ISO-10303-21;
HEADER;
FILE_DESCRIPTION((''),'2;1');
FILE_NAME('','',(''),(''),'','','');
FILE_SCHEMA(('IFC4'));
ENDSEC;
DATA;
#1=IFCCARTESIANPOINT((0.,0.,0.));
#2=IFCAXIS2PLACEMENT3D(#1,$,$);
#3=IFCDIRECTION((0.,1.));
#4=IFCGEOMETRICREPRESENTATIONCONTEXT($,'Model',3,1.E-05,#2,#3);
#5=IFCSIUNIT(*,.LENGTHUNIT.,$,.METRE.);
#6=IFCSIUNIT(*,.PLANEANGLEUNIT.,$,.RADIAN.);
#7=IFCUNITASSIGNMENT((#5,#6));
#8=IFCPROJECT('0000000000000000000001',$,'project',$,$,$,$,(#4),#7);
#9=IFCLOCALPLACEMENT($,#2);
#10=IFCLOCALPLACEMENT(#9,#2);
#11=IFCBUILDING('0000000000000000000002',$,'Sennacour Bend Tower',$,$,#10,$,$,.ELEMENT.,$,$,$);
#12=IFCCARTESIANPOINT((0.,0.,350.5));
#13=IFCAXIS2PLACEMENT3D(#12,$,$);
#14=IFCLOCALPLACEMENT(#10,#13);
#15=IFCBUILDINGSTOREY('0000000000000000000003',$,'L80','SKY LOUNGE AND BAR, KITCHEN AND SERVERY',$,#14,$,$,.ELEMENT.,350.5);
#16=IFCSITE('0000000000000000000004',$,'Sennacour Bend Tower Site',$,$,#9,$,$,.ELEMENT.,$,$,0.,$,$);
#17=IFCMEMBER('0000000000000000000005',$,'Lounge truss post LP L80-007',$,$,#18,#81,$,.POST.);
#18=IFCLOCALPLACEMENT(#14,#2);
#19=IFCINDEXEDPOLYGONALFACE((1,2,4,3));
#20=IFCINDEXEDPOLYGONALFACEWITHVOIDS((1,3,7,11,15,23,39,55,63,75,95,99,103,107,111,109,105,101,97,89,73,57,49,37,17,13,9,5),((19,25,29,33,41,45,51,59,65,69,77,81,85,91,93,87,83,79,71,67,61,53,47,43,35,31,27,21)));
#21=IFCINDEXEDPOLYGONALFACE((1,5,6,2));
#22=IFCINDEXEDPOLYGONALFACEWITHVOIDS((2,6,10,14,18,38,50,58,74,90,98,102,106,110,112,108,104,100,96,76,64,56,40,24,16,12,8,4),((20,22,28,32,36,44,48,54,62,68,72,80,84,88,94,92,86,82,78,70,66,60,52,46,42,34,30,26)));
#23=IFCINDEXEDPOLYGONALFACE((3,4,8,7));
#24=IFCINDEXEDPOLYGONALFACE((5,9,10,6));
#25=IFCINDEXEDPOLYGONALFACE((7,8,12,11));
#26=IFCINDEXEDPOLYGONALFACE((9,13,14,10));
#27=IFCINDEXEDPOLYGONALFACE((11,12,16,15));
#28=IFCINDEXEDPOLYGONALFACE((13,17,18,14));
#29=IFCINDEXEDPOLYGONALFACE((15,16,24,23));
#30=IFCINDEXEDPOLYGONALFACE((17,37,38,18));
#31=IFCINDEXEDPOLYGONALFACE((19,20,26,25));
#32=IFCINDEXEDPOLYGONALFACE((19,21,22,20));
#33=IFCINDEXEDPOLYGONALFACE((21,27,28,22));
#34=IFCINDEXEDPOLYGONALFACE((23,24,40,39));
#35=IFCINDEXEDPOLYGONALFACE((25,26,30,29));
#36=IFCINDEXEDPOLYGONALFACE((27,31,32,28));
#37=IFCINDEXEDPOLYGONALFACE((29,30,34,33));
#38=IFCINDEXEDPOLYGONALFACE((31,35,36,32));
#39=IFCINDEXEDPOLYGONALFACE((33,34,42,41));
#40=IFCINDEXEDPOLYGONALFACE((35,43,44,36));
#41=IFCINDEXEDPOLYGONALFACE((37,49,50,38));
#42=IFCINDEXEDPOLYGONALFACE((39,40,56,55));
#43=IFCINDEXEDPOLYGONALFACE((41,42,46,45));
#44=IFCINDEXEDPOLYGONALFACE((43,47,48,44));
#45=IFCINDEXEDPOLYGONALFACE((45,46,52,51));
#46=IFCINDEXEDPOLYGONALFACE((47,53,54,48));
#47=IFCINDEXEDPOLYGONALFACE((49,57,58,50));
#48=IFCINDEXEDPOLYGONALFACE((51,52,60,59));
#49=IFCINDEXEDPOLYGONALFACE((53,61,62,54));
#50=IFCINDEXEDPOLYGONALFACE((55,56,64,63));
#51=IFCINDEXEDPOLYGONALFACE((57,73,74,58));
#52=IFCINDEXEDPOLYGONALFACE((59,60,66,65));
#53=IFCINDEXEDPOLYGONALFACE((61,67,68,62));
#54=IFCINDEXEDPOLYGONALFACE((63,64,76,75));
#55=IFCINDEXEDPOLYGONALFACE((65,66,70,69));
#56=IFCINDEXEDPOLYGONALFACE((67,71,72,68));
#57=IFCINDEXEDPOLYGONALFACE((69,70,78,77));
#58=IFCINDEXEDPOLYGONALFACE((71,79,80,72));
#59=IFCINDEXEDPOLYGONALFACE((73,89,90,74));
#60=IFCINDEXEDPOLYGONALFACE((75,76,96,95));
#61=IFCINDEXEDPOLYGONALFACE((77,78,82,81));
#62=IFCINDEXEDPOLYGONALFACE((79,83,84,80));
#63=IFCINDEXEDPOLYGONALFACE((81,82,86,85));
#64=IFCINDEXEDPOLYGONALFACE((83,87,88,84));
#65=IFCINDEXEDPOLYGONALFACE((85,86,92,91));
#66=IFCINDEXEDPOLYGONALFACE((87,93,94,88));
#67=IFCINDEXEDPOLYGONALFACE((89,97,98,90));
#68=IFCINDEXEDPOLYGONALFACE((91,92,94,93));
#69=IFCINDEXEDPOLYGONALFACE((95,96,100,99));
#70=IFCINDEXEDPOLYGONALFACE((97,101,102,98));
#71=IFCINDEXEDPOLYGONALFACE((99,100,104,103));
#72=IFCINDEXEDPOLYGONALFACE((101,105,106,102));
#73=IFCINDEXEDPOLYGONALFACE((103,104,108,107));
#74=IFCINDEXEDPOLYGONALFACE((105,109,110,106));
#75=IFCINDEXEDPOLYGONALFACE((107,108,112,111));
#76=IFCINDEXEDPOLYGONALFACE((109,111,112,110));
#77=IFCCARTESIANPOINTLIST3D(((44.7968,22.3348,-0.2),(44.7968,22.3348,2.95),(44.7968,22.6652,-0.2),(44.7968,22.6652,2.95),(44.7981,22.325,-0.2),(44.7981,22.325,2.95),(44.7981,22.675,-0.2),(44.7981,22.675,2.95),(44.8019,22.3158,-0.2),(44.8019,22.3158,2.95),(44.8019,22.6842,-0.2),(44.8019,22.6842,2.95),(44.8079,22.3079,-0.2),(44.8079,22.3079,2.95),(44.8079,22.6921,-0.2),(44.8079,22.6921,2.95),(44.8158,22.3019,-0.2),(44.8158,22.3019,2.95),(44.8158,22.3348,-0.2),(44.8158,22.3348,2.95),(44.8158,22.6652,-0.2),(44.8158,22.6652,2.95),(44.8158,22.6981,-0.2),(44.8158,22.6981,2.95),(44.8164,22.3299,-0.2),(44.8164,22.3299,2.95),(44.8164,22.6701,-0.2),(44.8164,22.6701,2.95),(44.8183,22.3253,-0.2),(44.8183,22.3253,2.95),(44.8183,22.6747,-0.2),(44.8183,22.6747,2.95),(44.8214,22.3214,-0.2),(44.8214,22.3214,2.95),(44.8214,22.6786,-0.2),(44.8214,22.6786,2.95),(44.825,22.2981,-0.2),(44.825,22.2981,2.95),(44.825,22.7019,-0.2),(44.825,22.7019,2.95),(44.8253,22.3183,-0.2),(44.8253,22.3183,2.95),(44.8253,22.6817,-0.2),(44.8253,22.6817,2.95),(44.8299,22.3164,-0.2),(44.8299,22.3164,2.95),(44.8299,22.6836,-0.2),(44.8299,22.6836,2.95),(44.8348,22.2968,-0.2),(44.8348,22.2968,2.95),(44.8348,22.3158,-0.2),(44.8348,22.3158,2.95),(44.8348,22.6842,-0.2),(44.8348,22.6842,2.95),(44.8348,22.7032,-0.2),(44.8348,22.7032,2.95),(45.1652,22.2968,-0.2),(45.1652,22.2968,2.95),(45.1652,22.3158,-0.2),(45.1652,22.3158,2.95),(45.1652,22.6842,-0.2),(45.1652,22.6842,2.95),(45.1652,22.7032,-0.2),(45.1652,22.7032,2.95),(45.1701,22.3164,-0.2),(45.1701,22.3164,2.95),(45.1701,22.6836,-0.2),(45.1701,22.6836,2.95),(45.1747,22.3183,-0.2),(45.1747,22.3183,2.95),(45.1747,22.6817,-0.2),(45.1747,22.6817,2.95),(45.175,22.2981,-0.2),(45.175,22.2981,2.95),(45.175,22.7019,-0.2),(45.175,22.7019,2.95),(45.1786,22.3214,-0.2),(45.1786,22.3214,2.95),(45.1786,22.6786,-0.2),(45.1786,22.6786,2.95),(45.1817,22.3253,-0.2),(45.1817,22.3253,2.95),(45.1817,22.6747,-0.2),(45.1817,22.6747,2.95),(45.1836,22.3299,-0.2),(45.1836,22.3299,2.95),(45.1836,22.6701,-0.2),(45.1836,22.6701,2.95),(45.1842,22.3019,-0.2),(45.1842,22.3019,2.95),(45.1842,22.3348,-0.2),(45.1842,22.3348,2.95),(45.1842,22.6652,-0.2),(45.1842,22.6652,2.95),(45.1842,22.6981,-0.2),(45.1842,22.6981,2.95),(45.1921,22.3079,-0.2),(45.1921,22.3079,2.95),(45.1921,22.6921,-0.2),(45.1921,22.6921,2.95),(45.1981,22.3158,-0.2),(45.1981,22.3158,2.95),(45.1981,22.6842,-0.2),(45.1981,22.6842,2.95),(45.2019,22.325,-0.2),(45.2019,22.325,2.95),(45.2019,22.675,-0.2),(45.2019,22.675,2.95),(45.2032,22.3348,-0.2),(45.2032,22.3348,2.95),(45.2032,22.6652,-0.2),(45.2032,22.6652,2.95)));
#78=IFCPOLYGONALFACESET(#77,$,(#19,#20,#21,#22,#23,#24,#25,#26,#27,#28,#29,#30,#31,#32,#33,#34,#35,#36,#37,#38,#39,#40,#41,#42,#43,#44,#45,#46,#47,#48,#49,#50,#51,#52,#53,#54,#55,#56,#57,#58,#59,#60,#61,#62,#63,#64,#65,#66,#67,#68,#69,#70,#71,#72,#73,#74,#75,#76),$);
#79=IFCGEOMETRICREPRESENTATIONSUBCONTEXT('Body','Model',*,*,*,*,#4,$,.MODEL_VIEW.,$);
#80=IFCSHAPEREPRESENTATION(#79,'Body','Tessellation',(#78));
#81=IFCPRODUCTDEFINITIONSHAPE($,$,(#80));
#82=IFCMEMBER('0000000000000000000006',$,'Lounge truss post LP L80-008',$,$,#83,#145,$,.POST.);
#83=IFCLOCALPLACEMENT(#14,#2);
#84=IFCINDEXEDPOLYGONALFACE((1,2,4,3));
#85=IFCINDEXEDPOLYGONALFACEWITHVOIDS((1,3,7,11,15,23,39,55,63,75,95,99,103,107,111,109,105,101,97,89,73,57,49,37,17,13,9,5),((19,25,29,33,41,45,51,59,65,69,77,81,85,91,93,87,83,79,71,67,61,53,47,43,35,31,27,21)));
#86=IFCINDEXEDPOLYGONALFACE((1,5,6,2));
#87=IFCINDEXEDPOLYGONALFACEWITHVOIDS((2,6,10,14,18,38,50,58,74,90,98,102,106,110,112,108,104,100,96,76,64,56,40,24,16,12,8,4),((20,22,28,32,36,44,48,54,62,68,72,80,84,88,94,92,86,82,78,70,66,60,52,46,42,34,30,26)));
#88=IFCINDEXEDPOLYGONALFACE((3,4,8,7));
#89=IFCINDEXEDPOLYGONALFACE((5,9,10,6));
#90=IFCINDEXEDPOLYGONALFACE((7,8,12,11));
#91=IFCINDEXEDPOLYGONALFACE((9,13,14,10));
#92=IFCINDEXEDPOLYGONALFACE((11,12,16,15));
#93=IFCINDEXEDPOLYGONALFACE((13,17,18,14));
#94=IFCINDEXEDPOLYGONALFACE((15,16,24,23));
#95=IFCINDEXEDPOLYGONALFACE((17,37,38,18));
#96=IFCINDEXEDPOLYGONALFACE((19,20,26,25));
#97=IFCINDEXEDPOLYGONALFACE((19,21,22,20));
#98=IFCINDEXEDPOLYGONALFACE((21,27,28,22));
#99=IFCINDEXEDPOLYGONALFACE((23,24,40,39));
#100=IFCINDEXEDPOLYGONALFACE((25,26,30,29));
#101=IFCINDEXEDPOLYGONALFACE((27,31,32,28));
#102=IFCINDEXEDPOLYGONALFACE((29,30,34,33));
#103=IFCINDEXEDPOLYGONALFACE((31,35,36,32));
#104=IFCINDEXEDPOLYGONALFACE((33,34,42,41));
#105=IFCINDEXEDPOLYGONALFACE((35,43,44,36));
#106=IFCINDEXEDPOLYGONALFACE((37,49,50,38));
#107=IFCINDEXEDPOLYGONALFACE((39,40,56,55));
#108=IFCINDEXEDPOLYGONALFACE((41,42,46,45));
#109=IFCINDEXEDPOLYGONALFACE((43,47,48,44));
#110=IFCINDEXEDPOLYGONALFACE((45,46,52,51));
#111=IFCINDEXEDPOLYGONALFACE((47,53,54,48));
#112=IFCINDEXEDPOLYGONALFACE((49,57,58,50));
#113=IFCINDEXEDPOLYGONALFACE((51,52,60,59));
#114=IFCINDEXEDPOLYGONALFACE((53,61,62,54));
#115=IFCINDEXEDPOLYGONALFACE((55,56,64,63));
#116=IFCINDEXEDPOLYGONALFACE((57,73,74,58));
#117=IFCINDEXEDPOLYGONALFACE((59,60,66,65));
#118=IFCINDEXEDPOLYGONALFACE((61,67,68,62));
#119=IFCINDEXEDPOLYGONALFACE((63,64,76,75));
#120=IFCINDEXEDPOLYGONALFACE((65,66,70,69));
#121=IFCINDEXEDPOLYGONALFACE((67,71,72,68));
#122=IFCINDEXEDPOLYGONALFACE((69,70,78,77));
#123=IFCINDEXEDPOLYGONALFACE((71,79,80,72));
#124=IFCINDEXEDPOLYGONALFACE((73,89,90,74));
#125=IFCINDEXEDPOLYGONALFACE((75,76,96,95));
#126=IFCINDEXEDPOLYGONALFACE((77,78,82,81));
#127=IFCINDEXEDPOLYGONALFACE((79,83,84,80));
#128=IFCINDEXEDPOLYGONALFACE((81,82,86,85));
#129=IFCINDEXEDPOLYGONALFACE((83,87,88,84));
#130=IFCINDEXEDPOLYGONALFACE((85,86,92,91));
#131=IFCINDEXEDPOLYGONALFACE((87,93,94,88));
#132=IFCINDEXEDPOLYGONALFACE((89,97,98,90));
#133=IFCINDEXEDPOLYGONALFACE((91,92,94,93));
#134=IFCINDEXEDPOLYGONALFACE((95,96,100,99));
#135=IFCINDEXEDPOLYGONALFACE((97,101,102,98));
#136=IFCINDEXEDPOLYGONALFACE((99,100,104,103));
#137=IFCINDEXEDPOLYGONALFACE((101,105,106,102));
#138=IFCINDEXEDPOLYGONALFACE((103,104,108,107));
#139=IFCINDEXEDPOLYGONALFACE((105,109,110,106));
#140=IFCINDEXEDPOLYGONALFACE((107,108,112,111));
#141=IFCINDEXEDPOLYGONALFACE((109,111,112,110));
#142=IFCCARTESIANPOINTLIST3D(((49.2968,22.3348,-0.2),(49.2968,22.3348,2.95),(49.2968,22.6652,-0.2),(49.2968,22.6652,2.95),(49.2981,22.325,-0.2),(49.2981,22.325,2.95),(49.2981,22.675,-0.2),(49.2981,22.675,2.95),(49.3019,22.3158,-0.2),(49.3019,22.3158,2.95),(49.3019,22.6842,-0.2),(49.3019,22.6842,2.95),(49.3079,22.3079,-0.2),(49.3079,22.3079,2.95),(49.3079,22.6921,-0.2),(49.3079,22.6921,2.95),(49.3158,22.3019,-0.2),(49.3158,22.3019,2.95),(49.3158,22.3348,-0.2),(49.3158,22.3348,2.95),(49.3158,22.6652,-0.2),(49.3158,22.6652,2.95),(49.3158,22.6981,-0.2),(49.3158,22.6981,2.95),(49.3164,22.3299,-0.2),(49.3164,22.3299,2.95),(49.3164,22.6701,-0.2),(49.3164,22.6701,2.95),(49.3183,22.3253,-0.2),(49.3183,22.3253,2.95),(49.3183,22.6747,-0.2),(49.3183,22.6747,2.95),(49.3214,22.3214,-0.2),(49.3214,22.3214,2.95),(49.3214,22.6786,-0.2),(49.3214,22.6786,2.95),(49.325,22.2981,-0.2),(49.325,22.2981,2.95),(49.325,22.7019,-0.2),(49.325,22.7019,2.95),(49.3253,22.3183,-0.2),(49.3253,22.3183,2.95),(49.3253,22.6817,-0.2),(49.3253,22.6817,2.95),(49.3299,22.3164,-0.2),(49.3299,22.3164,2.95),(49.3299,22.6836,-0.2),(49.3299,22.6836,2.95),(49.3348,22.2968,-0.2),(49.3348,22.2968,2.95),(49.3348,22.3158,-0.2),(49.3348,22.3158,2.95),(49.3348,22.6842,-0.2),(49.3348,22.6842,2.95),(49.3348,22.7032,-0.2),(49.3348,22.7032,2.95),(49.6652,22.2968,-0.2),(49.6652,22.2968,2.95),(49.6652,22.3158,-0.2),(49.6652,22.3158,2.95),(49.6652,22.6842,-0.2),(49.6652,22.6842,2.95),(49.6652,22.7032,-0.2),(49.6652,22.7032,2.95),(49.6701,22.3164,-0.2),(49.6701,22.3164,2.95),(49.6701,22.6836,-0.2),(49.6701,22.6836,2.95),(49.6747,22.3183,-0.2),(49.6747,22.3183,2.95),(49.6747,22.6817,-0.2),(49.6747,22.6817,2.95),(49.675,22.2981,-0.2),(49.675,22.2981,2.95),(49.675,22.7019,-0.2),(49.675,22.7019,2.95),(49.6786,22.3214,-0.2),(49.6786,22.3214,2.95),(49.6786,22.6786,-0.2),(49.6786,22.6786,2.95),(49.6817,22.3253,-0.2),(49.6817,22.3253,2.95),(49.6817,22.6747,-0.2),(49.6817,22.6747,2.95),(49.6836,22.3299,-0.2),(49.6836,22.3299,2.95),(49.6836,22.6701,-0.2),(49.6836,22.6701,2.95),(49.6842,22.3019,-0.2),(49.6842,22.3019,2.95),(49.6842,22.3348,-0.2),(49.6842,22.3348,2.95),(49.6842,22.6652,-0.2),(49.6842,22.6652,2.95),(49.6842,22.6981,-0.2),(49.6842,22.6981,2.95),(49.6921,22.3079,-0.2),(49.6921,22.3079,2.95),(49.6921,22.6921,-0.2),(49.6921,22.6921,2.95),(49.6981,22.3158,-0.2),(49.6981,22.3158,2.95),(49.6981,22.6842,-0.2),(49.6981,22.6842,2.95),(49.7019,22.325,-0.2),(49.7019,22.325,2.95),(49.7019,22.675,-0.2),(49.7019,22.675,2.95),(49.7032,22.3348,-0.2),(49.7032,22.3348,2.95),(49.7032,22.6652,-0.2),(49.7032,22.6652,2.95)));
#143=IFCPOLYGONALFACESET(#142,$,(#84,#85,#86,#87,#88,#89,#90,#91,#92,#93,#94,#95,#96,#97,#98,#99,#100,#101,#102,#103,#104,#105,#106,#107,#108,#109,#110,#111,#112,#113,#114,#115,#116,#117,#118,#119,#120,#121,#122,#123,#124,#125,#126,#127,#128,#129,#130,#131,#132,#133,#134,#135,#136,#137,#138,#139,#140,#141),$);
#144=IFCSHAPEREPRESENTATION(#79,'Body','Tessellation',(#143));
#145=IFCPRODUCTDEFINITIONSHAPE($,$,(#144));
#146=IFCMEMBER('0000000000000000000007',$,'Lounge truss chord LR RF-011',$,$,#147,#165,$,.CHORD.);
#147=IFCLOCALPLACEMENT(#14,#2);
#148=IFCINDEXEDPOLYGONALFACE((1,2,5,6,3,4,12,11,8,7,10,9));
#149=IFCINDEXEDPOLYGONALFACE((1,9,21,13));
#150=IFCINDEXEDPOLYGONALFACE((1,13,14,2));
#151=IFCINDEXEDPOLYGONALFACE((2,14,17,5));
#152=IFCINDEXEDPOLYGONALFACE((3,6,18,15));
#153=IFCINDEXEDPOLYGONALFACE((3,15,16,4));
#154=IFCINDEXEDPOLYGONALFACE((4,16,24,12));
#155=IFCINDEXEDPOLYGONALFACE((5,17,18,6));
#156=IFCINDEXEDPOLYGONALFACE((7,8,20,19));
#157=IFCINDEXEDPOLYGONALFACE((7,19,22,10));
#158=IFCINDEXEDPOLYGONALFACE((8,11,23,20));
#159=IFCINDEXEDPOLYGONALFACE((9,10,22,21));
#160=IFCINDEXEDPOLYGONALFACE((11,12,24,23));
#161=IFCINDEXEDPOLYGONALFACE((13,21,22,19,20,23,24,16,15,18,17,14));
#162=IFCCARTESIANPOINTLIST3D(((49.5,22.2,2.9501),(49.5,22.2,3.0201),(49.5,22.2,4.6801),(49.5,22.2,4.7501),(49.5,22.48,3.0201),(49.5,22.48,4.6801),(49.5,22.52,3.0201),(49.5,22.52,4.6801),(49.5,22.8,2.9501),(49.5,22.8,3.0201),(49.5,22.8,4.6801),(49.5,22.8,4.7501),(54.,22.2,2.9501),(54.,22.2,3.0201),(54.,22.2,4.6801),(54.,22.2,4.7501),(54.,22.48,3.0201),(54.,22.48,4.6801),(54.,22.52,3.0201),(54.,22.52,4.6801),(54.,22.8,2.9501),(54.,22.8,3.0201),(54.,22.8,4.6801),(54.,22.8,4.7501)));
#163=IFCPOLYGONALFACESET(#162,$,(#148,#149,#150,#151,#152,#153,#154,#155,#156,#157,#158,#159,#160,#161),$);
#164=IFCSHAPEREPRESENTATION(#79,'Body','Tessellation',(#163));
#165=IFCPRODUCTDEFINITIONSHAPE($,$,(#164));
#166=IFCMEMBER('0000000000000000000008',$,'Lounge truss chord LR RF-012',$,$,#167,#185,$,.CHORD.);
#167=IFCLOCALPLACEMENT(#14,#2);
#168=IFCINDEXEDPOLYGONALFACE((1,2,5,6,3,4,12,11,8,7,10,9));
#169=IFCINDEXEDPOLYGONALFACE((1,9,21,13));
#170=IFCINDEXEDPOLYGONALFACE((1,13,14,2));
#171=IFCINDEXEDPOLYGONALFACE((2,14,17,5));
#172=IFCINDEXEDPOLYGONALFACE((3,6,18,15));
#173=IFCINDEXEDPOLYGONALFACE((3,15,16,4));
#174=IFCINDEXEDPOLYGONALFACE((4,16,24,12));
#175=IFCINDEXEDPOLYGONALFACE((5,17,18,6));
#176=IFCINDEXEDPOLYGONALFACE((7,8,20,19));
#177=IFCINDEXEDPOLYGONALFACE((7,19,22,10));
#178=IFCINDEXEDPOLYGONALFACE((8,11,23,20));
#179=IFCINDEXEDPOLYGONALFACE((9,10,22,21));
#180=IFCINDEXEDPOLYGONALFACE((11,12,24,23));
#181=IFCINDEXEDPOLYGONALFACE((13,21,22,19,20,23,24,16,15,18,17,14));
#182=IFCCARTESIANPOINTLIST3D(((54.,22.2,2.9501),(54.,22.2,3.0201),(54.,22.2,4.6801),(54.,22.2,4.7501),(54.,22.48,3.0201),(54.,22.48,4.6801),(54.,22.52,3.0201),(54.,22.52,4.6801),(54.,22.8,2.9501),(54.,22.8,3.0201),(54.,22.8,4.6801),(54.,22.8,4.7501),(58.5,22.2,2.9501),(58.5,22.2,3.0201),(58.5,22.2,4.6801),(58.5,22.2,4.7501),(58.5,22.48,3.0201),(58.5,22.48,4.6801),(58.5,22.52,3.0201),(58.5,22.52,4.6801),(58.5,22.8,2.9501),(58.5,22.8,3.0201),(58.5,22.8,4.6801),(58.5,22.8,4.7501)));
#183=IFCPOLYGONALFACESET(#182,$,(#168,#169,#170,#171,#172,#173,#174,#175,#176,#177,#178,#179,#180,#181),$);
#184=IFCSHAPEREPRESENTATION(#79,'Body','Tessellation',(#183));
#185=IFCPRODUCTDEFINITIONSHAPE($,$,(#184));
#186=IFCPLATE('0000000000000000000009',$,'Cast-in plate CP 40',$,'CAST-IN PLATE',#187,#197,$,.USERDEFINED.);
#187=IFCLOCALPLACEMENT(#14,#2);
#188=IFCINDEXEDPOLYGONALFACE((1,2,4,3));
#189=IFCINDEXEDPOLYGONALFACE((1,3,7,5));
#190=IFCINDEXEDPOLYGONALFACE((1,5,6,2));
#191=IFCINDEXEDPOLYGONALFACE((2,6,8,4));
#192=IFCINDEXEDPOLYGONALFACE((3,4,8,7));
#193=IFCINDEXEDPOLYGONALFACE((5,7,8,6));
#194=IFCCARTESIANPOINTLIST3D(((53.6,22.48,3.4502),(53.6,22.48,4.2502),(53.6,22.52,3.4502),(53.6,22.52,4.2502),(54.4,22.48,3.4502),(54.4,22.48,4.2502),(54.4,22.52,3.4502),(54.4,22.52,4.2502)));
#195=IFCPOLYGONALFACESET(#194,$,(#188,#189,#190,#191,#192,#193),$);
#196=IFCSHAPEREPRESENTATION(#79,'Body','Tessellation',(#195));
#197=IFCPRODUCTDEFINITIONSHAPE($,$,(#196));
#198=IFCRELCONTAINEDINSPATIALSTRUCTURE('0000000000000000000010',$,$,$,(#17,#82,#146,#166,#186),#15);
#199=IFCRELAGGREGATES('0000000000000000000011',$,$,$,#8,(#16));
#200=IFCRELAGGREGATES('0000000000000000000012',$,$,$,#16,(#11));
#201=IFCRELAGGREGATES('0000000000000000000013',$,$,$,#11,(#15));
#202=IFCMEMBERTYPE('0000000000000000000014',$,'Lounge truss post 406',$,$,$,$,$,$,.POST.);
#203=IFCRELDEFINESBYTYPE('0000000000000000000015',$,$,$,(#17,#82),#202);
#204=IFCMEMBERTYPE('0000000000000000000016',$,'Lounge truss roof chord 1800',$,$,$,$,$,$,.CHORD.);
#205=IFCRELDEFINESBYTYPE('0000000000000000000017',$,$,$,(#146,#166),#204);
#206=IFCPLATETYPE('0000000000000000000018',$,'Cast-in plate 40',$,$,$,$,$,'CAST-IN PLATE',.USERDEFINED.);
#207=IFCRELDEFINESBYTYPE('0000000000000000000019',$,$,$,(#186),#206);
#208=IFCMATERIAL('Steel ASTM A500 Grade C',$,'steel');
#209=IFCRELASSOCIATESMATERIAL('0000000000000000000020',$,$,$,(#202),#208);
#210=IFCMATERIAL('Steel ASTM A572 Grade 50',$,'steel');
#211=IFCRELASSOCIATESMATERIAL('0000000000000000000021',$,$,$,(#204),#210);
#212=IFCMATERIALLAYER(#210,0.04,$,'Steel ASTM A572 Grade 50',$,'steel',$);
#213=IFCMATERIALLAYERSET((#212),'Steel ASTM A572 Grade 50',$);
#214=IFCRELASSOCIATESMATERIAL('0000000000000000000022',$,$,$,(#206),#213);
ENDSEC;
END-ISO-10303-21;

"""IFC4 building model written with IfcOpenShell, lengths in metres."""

from ifc_helpers import new_model, si_unit, direction, frame, origin, origin_2d, place, context, subcontext, project, spatial, rectangle, hollow_rectangle, i_section, extrude, material, layer, layer_set, material_profile, profile_set, type_object, element, save


model = new_model("IFC4")

# Units and contexts
model_context = context("Model", 3, precision=1e-05, world=origin(), true_north=direction((0.0, 1.0)))
body_context = subcontext(model_context, "Body", "Model", "MODEL_VIEW")
ifc_project = project(units=[si_unit("LENGTHUNIT", "METRE"), si_unit("PLANEANGLEUNIT", "RADIAN")], contexts=[model_context])

# Site, building, storey
site_placement = place(None, origin())
site = spatial("IfcSite", under=ifc_project, at=site_placement, Name="Sennacour Bend Tower Site", CompositionType="ELEMENT", RefElevation=0.0)
building_placement = place(site_placement, origin())
building = spatial("IfcBuilding", under=site, at=building_placement, Name="Sennacour Bend Tower", CompositionType="ELEMENT")
storey_placement = place(building_placement, frame((0.0, 0.0, 350.5)))
storey = spatial("IfcBuildingStorey", under=building, at=storey_placement, Name="L80", Description="SKY LOUNGE AND BAR, KITCHEN AND SERVERY", CompositionType="ELEMENT", Elevation=350.5)

# Members
ifc_material_1 = material(Name="Steel ASTM A500 Grade C", Category="steel")
ifc_material_profile_1 = material_profile(ifc_material_1, hollow_rectangle(XDim=0.4065, YDim=0.4065, WallThickness=0.019, InnerFilletRadius=0.019, OuterFilletRadius=0.0381, at=origin_2d()), Name="Steel ASTM A500 Grade C", Category="steel")
ifc_profile_set_1 = profile_set([ifc_material_profile_1], Name="Steel ASTM A500 Grade C")
member_type_1 = type_object("IfcMemberType", Name="Lounge truss post 406", PredefinedType="POST", material=ifc_profile_set_1)
for number, where, z_axis, x_axis, name in (
    (1, (45.0, 22.5, -0.2), (0.0, 0.0, 1.0), (1.0, 0.0, 0.0), "Lounge truss post LP L80-007"),
    (2, (49.5, 22.5, -0.2), (0.0, 0.0, 1.0), (1.0, 0.0, 0.0), "Lounge truss post LP L80-008"),
):
    element("IfcMember", number, at=place(storey_placement, frame(where, z_axis=z_axis, x_axis=x_axis)), inside=storey, type_object=member_type_1, Name=name, PredefinedType="POST", context=body_context, shape_type="SweptSolid", body=[
        extrude(hollow_rectangle(XDim=0.4065, YDim=0.4065, WallThickness=0.019, InnerFilletRadius=0.019, OuterFilletRadius=0.0381, at=origin_2d()), origin(), (0.0, 0.0, 1.0), 3.1499),
    ])
ifc_material_2 = material(Name="Steel ASTM A572 Grade 50", Category="steel")
ifc_material_profile_2 = material_profile(ifc_material_2, i_section(OverallWidth=0.6001, OverallDepth=1.8, WebThickness=0.04, FlangeThickness=0.0701, at=origin_2d()), Name="Steel ASTM A572 Grade 50", Category="steel")
ifc_profile_set_2 = profile_set([ifc_material_profile_2], Name="Steel ASTM A572 Grade 50")
member_type_2 = type_object("IfcMemberType", Name="Lounge truss roof chord 1800", PredefinedType="CHORD", material=ifc_profile_set_2)
for number, where, z_axis, x_axis, name in (
    (3, (49.5, 22.5, 3.8501), (1.0, 0.0, 0.0), (0.0, 1.0, 0.0), "Lounge truss chord LR RF-011"),
    (4, (54.0, 22.5, 3.8501), (1.0, 0.0, 0.0), (0.0, 1.0, 0.0), "Lounge truss chord LR RF-012"),
):
    element("IfcMember", number, at=place(storey_placement, frame(where, z_axis=z_axis, x_axis=x_axis)), inside=storey, type_object=member_type_2, Name=name, PredefinedType="CHORD", context=body_context, shape_type="SweptSolid", body=[
        extrude(i_section(OverallWidth=0.6001, OverallDepth=1.8, WebThickness=0.04, FlangeThickness=0.0701, at=origin_2d()), origin(), (0.0, 0.0, 1.0), 4.5),
    ])

# Plate
ifc_layer_1 = layer(ifc_material_2, 0.04, Name="Steel ASTM A572 Grade 50", Category="steel")
ifc_layer_set_1 = layer_set([ifc_layer_1], Name="Steel ASTM A572 Grade 50")
plate_type_1 = type_object("IfcPlateType", Name="Cast-in plate 40", ElementType="CAST-IN PLATE", PredefinedType="USERDEFINED", material=ifc_layer_set_1)
plate_1_placement = place(storey_placement, frame((54.0, 22.5, 3.4502), z_axis=(0.0, 0.0, 1.0), x_axis=(1.0, 0.0, 0.0)))
element("IfcPlate", 5, at=plate_1_placement, inside=storey, type_object=plate_type_1, Name="Cast-in plate CP 40", ObjectType="CAST-IN PLATE", PredefinedType="USERDEFINED", context=body_context, shape_type="SweptSolid", body=[
    extrude(rectangle(XDim=0.8, YDim=0.04, at=origin_2d()), origin(), (0.0, 0.0, 1.0), 0.8),
])

save(model, "model.ifc")
